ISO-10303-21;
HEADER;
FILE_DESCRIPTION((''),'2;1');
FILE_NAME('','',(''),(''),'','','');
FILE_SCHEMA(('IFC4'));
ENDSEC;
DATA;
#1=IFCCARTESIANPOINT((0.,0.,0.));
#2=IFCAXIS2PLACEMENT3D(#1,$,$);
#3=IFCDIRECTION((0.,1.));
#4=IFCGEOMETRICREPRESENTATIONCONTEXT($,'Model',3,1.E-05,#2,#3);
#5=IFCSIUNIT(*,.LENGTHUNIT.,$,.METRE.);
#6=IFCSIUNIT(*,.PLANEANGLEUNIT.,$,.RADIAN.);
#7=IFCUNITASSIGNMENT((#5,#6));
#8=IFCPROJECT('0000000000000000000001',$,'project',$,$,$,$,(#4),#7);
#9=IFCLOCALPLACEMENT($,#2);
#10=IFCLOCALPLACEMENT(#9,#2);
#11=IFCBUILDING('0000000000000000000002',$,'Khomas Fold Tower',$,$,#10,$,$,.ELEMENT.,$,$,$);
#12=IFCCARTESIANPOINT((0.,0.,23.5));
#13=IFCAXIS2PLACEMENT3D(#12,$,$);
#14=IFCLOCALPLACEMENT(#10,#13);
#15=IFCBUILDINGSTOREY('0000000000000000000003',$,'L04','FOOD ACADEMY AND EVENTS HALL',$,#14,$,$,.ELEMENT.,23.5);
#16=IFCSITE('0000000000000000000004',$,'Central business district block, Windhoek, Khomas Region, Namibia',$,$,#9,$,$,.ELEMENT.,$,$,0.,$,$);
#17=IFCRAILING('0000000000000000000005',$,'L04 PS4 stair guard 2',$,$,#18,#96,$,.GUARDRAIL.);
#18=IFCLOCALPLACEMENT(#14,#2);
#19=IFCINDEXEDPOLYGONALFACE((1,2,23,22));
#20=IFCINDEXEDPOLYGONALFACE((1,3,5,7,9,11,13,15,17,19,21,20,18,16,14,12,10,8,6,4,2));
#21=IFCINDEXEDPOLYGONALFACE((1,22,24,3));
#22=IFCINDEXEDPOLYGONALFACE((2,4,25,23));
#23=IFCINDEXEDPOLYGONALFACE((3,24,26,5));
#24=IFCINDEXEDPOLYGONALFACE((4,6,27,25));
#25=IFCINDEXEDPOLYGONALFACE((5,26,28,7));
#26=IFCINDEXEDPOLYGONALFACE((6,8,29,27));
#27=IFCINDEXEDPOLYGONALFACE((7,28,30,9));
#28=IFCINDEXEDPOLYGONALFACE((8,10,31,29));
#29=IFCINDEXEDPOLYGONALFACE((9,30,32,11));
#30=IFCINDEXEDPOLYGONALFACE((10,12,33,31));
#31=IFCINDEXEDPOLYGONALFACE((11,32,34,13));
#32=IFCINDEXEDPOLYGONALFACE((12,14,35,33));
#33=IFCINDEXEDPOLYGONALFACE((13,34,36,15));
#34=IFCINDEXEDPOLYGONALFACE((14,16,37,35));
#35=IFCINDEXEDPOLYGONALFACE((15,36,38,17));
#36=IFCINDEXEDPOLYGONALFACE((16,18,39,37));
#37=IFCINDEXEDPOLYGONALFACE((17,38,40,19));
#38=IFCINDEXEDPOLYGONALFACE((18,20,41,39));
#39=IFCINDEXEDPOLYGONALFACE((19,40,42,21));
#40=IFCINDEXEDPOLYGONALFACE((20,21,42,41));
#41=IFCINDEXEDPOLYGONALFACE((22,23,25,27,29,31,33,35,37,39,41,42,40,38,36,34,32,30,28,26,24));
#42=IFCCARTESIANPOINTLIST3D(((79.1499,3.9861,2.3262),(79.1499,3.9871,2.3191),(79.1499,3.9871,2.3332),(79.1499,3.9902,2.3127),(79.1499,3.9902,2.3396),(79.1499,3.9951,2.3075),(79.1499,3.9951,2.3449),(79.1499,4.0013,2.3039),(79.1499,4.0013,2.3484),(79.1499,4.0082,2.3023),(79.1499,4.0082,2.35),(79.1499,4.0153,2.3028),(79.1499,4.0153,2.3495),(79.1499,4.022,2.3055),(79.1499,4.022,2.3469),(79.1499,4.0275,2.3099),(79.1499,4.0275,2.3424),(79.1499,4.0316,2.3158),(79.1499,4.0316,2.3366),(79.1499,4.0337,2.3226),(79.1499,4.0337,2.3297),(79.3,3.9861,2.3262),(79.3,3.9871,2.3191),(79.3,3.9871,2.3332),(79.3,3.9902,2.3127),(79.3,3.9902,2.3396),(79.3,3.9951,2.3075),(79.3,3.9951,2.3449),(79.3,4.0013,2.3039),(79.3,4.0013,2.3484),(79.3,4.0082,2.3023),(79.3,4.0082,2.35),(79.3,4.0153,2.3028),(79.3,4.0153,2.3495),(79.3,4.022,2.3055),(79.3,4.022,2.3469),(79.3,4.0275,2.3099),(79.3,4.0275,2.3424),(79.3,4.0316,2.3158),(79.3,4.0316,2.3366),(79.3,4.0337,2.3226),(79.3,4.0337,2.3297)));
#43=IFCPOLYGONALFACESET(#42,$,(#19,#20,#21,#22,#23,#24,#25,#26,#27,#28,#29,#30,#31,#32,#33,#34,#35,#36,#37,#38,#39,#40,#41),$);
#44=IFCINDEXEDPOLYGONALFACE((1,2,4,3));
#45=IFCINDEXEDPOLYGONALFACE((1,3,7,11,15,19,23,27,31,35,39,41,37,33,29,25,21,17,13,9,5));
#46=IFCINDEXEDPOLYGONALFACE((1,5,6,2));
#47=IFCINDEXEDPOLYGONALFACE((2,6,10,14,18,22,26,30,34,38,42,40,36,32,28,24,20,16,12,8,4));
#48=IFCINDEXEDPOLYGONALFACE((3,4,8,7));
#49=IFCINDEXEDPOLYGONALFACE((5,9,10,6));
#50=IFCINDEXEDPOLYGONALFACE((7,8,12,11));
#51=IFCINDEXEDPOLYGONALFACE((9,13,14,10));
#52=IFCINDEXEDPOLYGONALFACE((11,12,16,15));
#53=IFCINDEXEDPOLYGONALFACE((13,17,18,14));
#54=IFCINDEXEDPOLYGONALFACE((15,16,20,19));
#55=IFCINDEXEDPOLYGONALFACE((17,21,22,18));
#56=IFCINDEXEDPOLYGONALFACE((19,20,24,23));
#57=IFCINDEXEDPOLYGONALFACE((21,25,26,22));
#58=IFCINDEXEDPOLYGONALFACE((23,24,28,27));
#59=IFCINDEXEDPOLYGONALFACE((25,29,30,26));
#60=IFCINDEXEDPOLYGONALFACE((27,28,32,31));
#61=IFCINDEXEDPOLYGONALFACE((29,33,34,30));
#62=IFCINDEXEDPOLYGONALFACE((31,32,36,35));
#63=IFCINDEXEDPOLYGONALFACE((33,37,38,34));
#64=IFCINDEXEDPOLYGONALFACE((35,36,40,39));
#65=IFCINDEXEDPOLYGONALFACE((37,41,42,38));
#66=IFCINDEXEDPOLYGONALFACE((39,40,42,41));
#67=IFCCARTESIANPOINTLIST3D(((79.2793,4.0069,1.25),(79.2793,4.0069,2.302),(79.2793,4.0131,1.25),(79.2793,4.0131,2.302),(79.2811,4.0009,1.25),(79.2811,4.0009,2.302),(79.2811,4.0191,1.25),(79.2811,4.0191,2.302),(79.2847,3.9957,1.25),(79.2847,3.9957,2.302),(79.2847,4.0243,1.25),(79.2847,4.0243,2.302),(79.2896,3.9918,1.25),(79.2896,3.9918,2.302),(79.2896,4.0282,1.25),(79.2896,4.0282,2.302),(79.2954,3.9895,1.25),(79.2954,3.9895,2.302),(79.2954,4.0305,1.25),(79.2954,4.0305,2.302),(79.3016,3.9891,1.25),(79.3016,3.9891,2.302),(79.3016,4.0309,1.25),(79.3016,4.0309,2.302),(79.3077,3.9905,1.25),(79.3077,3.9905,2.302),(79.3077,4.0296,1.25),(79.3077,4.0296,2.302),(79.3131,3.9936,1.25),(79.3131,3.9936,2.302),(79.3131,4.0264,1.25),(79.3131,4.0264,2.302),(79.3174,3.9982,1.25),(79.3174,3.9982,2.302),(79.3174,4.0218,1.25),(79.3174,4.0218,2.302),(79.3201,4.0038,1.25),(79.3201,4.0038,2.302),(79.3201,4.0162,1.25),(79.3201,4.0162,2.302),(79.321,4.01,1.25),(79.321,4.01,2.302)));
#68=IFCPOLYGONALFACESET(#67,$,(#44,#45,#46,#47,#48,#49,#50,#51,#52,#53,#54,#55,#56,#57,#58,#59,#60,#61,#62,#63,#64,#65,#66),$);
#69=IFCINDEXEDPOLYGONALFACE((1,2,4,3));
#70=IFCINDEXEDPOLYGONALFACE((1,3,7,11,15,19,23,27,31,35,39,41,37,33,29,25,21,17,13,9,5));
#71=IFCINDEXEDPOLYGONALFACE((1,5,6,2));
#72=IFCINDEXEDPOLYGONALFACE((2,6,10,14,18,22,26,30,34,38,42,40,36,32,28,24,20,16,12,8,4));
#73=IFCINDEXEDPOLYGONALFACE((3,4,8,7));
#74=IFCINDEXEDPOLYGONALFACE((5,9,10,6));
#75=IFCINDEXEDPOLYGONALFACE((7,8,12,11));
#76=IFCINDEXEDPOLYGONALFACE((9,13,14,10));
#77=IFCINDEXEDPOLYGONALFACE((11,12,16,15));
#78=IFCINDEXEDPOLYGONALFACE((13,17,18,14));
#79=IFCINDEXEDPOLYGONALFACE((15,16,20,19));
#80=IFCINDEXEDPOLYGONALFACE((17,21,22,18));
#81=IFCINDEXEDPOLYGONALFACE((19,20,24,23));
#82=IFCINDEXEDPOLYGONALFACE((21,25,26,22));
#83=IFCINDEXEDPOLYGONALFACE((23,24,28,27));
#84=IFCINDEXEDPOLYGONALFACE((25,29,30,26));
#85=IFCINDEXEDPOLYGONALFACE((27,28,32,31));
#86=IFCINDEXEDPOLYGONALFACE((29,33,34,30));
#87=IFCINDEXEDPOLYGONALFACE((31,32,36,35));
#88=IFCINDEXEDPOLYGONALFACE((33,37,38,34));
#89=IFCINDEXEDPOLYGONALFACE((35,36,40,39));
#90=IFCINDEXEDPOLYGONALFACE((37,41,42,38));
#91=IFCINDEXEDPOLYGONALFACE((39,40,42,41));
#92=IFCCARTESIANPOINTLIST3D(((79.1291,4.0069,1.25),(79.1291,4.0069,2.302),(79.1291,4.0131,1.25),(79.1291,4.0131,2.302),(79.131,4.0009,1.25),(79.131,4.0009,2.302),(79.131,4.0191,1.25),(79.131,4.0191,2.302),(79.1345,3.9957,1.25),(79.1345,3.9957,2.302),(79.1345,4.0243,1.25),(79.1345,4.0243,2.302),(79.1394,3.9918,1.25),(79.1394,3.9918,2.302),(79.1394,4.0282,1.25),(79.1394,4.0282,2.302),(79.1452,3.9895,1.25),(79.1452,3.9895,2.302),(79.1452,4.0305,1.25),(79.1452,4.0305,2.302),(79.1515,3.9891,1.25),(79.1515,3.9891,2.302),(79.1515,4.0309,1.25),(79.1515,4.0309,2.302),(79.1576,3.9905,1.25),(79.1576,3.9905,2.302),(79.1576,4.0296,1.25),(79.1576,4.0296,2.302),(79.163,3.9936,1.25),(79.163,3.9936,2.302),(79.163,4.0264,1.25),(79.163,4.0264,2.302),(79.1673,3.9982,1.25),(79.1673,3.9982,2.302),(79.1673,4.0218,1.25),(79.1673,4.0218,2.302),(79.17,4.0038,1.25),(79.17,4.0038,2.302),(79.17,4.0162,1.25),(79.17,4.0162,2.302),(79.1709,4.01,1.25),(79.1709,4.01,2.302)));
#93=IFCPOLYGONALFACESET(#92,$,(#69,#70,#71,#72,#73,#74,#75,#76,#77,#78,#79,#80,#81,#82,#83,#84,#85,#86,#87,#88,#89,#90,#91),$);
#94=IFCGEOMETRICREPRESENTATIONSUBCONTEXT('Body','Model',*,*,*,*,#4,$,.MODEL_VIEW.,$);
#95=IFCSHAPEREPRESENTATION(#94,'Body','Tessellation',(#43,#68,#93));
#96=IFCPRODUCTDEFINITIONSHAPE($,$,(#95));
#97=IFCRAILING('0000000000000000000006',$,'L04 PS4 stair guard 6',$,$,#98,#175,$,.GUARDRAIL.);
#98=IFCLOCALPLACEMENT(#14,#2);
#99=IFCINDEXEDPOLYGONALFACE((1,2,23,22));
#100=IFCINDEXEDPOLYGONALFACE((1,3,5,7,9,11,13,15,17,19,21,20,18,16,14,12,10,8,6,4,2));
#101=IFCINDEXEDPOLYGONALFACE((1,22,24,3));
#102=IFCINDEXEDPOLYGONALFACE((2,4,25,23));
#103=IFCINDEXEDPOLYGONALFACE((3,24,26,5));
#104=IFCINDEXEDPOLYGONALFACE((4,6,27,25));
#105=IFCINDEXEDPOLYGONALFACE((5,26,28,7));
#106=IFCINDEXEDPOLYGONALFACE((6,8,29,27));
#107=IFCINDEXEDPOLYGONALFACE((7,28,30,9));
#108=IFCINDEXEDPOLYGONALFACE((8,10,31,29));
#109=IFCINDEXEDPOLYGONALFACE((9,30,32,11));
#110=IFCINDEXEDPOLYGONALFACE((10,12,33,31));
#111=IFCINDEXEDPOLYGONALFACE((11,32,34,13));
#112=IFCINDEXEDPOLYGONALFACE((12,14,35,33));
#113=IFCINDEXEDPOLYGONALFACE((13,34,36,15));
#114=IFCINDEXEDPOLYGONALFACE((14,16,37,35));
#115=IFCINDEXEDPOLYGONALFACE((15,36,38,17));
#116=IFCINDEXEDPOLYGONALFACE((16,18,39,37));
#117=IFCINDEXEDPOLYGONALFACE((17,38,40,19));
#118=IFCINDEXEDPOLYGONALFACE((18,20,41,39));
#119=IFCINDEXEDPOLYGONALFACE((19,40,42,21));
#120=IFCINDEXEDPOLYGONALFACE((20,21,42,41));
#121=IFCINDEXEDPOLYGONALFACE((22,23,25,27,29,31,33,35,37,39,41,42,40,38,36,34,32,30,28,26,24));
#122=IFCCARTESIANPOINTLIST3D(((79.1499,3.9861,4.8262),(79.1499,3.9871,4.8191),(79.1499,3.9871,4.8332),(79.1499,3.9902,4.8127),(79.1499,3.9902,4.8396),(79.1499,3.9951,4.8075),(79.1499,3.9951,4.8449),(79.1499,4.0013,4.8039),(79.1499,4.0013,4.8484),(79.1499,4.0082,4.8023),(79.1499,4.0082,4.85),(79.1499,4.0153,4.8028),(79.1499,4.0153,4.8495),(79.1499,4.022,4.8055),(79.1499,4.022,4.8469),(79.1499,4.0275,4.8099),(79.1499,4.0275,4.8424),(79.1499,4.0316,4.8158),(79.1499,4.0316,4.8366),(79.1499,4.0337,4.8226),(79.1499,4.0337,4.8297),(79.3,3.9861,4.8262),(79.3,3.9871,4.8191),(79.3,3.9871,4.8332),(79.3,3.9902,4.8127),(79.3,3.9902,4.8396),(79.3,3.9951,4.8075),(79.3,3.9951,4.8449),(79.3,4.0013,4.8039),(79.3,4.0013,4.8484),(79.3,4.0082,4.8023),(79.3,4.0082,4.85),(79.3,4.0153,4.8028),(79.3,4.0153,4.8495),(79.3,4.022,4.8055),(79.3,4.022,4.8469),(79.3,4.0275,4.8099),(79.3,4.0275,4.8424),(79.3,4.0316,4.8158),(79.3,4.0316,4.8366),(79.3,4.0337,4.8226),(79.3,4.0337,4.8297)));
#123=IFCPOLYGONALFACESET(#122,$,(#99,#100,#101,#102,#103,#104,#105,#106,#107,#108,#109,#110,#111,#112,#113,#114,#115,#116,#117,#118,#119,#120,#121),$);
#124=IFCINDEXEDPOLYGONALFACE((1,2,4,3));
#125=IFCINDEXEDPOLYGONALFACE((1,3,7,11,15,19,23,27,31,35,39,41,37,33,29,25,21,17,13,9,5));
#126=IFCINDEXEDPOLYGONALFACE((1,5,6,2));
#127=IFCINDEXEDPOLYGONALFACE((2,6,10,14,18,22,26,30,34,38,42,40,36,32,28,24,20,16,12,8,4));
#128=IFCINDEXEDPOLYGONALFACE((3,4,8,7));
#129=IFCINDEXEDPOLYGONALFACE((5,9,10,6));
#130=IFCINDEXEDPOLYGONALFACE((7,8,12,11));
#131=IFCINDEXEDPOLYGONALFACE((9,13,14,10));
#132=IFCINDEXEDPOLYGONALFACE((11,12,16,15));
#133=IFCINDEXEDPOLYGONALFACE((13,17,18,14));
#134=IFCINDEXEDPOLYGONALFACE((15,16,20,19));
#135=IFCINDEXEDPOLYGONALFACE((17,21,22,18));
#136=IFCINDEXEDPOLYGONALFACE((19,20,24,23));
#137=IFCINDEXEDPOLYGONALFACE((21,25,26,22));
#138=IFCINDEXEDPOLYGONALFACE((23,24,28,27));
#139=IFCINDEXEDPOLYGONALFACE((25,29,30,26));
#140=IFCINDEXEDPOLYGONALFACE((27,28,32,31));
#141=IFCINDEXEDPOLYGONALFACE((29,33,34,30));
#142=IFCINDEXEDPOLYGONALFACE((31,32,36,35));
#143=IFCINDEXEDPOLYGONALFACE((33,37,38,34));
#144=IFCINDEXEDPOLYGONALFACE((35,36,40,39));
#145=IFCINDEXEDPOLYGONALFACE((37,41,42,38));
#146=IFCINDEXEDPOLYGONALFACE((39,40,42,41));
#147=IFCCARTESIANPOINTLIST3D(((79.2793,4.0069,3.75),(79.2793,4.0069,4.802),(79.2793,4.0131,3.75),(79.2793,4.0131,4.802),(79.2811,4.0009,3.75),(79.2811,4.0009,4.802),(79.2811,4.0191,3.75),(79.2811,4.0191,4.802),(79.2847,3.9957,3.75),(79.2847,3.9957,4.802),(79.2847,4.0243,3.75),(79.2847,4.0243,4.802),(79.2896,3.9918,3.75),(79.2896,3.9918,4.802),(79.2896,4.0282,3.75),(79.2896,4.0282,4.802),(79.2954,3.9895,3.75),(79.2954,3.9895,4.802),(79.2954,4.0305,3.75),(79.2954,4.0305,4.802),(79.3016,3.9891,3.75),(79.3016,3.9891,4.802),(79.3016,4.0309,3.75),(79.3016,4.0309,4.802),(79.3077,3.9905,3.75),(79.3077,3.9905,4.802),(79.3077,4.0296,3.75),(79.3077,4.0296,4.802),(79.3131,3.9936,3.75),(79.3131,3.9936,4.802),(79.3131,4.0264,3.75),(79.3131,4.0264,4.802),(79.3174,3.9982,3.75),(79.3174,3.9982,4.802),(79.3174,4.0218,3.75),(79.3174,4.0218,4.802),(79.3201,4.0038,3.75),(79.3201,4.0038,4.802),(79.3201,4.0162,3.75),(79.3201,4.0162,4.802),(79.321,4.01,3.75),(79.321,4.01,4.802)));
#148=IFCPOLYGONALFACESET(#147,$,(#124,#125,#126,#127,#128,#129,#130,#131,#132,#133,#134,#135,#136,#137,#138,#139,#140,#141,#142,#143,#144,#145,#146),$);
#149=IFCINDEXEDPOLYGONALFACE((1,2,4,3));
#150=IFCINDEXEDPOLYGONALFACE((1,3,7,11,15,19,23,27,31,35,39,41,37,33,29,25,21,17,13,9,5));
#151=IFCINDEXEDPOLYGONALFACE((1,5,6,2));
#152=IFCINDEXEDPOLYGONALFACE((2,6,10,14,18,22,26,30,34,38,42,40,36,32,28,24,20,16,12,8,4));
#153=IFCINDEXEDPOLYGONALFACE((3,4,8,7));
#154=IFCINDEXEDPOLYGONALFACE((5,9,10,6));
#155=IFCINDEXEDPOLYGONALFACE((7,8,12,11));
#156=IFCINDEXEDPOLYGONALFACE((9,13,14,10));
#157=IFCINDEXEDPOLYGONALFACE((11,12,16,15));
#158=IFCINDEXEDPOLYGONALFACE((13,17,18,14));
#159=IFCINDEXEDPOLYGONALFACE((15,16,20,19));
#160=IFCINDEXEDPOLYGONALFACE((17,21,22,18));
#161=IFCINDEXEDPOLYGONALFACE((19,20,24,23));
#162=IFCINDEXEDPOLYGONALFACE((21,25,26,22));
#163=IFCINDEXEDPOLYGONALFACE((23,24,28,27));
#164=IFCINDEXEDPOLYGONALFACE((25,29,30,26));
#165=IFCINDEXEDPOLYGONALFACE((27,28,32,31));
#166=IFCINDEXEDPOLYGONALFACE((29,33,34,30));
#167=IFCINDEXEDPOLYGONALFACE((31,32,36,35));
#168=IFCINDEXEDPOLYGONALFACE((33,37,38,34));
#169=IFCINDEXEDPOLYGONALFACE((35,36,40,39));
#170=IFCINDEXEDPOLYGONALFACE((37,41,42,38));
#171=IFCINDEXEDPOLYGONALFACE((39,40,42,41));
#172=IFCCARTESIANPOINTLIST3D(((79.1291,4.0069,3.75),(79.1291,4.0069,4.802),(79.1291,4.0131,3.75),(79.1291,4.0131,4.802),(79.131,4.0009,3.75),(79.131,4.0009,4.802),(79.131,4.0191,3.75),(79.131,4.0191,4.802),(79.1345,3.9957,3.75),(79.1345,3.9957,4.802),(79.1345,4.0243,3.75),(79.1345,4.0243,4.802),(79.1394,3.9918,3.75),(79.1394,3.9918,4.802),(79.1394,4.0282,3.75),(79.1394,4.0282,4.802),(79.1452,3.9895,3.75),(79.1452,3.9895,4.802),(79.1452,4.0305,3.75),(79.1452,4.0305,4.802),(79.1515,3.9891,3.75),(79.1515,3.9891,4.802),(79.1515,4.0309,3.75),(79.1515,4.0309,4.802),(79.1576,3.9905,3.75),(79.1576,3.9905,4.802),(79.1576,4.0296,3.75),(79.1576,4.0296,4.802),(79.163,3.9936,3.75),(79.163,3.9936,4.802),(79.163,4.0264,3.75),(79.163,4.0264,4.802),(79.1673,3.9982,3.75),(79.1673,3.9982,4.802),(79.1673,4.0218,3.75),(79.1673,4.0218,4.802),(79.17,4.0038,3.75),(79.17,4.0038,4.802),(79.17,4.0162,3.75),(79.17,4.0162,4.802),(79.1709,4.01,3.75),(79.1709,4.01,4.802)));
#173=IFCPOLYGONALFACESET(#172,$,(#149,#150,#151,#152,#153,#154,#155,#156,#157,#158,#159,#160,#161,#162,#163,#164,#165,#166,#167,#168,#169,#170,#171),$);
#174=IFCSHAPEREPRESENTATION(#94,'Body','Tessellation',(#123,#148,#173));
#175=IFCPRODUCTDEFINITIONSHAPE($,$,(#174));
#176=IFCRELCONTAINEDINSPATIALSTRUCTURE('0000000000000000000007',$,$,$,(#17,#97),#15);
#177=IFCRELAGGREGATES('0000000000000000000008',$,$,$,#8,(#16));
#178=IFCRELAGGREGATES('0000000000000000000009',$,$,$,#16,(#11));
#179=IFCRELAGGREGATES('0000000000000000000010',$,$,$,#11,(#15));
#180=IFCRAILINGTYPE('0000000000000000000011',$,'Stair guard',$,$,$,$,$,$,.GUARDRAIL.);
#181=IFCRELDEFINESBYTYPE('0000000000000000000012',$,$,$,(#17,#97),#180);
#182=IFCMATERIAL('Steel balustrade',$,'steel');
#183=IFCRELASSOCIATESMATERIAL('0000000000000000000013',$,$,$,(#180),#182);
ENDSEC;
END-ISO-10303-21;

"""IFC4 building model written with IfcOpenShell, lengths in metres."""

from ifc_helpers import new_model, si_unit, direction, frame, origin, origin_2d, place, context, subcontext, project, spatial, circle, extrude, source, transform, mapped, material, type_object, element, save


model = new_model("IFC4")

# Units and contexts
model_context = context("Model", 3, precision=1e-05, world=origin(), true_north=direction((0.0, 1.0)))
body_context = subcontext(model_context, "Body", "Model", "MODEL_VIEW")
ifc_project = project(units=[si_unit("LENGTHUNIT", "METRE"), si_unit("PLANEANGLEUNIT", "RADIAN")], contexts=[model_context])

# Site, building, storey
site_placement = place(None, origin())
site = spatial("IfcSite", under=ifc_project, at=site_placement, Name="Central business district block, Windhoek, Khomas Region, Namibia", CompositionType="ELEMENT", RefElevation=0.0)
building_placement = place(site_placement, origin())
building = spatial("IfcBuilding", under=site, at=building_placement, Name="Khomas Fold Tower", CompositionType="ELEMENT")
storey_placement = place(building_placement, frame((0.0, 0.0, 23.5)))
storey = spatial("IfcBuildingStorey", under=building, at=storey_placement, Name="L04", Description="FOOD ACADEMY AND EVENTS HALL", CompositionType="ELEMENT", Elevation=23.5)

# Railings
ifc_material_1 = material(Name="Steel balustrade", Category="steel")
railing_type_1 = type_object("IfcRailingType", Name="Stair guard", PredefinedType="GUARDRAIL", material=ifc_material_1)
shared_shape_1 = source(origin(), body_context, "Body", "SweptSolid", [
    extrude(circle(Radius=0.0239, at=origin_2d()), frame((0.0, 0.0, 1.0762), z_axis=(-1.0, 0.0, 0.0), x_axis=(0.0, -1.0, 0.0)), (0.0, 0.0, 1.0), 0.1501),
    extrude(circle(Radius=0.021, at=origin_2d()), origin(), (0.0, 0.0, 1.0), 1.052),
    extrude(circle(Radius=0.021, at=origin_2d()), frame((-0.1501, 0.0, 0.0)), (0.0, 0.0, 1.0), 1.052),
])
for number, where, name in (
    (1, (79.3, 4.01, 1.25), "L04 PS4 stair guard 2"),
    (2, (79.3, 4.01, 3.75), "L04 PS4 stair guard 6"),
):
    element("IfcRailing", number, at=place(storey_placement, frame(where)), inside=storey, type_object=railing_type_1, Name=name, PredefinedType="GUARDRAIL", context=body_context, shape_type="MappedRepresentation", body=[
        mapped(shared_shape_1, transform((0.0, 0.0, 0.0))),
    ])

save(model, "model.ifc")
